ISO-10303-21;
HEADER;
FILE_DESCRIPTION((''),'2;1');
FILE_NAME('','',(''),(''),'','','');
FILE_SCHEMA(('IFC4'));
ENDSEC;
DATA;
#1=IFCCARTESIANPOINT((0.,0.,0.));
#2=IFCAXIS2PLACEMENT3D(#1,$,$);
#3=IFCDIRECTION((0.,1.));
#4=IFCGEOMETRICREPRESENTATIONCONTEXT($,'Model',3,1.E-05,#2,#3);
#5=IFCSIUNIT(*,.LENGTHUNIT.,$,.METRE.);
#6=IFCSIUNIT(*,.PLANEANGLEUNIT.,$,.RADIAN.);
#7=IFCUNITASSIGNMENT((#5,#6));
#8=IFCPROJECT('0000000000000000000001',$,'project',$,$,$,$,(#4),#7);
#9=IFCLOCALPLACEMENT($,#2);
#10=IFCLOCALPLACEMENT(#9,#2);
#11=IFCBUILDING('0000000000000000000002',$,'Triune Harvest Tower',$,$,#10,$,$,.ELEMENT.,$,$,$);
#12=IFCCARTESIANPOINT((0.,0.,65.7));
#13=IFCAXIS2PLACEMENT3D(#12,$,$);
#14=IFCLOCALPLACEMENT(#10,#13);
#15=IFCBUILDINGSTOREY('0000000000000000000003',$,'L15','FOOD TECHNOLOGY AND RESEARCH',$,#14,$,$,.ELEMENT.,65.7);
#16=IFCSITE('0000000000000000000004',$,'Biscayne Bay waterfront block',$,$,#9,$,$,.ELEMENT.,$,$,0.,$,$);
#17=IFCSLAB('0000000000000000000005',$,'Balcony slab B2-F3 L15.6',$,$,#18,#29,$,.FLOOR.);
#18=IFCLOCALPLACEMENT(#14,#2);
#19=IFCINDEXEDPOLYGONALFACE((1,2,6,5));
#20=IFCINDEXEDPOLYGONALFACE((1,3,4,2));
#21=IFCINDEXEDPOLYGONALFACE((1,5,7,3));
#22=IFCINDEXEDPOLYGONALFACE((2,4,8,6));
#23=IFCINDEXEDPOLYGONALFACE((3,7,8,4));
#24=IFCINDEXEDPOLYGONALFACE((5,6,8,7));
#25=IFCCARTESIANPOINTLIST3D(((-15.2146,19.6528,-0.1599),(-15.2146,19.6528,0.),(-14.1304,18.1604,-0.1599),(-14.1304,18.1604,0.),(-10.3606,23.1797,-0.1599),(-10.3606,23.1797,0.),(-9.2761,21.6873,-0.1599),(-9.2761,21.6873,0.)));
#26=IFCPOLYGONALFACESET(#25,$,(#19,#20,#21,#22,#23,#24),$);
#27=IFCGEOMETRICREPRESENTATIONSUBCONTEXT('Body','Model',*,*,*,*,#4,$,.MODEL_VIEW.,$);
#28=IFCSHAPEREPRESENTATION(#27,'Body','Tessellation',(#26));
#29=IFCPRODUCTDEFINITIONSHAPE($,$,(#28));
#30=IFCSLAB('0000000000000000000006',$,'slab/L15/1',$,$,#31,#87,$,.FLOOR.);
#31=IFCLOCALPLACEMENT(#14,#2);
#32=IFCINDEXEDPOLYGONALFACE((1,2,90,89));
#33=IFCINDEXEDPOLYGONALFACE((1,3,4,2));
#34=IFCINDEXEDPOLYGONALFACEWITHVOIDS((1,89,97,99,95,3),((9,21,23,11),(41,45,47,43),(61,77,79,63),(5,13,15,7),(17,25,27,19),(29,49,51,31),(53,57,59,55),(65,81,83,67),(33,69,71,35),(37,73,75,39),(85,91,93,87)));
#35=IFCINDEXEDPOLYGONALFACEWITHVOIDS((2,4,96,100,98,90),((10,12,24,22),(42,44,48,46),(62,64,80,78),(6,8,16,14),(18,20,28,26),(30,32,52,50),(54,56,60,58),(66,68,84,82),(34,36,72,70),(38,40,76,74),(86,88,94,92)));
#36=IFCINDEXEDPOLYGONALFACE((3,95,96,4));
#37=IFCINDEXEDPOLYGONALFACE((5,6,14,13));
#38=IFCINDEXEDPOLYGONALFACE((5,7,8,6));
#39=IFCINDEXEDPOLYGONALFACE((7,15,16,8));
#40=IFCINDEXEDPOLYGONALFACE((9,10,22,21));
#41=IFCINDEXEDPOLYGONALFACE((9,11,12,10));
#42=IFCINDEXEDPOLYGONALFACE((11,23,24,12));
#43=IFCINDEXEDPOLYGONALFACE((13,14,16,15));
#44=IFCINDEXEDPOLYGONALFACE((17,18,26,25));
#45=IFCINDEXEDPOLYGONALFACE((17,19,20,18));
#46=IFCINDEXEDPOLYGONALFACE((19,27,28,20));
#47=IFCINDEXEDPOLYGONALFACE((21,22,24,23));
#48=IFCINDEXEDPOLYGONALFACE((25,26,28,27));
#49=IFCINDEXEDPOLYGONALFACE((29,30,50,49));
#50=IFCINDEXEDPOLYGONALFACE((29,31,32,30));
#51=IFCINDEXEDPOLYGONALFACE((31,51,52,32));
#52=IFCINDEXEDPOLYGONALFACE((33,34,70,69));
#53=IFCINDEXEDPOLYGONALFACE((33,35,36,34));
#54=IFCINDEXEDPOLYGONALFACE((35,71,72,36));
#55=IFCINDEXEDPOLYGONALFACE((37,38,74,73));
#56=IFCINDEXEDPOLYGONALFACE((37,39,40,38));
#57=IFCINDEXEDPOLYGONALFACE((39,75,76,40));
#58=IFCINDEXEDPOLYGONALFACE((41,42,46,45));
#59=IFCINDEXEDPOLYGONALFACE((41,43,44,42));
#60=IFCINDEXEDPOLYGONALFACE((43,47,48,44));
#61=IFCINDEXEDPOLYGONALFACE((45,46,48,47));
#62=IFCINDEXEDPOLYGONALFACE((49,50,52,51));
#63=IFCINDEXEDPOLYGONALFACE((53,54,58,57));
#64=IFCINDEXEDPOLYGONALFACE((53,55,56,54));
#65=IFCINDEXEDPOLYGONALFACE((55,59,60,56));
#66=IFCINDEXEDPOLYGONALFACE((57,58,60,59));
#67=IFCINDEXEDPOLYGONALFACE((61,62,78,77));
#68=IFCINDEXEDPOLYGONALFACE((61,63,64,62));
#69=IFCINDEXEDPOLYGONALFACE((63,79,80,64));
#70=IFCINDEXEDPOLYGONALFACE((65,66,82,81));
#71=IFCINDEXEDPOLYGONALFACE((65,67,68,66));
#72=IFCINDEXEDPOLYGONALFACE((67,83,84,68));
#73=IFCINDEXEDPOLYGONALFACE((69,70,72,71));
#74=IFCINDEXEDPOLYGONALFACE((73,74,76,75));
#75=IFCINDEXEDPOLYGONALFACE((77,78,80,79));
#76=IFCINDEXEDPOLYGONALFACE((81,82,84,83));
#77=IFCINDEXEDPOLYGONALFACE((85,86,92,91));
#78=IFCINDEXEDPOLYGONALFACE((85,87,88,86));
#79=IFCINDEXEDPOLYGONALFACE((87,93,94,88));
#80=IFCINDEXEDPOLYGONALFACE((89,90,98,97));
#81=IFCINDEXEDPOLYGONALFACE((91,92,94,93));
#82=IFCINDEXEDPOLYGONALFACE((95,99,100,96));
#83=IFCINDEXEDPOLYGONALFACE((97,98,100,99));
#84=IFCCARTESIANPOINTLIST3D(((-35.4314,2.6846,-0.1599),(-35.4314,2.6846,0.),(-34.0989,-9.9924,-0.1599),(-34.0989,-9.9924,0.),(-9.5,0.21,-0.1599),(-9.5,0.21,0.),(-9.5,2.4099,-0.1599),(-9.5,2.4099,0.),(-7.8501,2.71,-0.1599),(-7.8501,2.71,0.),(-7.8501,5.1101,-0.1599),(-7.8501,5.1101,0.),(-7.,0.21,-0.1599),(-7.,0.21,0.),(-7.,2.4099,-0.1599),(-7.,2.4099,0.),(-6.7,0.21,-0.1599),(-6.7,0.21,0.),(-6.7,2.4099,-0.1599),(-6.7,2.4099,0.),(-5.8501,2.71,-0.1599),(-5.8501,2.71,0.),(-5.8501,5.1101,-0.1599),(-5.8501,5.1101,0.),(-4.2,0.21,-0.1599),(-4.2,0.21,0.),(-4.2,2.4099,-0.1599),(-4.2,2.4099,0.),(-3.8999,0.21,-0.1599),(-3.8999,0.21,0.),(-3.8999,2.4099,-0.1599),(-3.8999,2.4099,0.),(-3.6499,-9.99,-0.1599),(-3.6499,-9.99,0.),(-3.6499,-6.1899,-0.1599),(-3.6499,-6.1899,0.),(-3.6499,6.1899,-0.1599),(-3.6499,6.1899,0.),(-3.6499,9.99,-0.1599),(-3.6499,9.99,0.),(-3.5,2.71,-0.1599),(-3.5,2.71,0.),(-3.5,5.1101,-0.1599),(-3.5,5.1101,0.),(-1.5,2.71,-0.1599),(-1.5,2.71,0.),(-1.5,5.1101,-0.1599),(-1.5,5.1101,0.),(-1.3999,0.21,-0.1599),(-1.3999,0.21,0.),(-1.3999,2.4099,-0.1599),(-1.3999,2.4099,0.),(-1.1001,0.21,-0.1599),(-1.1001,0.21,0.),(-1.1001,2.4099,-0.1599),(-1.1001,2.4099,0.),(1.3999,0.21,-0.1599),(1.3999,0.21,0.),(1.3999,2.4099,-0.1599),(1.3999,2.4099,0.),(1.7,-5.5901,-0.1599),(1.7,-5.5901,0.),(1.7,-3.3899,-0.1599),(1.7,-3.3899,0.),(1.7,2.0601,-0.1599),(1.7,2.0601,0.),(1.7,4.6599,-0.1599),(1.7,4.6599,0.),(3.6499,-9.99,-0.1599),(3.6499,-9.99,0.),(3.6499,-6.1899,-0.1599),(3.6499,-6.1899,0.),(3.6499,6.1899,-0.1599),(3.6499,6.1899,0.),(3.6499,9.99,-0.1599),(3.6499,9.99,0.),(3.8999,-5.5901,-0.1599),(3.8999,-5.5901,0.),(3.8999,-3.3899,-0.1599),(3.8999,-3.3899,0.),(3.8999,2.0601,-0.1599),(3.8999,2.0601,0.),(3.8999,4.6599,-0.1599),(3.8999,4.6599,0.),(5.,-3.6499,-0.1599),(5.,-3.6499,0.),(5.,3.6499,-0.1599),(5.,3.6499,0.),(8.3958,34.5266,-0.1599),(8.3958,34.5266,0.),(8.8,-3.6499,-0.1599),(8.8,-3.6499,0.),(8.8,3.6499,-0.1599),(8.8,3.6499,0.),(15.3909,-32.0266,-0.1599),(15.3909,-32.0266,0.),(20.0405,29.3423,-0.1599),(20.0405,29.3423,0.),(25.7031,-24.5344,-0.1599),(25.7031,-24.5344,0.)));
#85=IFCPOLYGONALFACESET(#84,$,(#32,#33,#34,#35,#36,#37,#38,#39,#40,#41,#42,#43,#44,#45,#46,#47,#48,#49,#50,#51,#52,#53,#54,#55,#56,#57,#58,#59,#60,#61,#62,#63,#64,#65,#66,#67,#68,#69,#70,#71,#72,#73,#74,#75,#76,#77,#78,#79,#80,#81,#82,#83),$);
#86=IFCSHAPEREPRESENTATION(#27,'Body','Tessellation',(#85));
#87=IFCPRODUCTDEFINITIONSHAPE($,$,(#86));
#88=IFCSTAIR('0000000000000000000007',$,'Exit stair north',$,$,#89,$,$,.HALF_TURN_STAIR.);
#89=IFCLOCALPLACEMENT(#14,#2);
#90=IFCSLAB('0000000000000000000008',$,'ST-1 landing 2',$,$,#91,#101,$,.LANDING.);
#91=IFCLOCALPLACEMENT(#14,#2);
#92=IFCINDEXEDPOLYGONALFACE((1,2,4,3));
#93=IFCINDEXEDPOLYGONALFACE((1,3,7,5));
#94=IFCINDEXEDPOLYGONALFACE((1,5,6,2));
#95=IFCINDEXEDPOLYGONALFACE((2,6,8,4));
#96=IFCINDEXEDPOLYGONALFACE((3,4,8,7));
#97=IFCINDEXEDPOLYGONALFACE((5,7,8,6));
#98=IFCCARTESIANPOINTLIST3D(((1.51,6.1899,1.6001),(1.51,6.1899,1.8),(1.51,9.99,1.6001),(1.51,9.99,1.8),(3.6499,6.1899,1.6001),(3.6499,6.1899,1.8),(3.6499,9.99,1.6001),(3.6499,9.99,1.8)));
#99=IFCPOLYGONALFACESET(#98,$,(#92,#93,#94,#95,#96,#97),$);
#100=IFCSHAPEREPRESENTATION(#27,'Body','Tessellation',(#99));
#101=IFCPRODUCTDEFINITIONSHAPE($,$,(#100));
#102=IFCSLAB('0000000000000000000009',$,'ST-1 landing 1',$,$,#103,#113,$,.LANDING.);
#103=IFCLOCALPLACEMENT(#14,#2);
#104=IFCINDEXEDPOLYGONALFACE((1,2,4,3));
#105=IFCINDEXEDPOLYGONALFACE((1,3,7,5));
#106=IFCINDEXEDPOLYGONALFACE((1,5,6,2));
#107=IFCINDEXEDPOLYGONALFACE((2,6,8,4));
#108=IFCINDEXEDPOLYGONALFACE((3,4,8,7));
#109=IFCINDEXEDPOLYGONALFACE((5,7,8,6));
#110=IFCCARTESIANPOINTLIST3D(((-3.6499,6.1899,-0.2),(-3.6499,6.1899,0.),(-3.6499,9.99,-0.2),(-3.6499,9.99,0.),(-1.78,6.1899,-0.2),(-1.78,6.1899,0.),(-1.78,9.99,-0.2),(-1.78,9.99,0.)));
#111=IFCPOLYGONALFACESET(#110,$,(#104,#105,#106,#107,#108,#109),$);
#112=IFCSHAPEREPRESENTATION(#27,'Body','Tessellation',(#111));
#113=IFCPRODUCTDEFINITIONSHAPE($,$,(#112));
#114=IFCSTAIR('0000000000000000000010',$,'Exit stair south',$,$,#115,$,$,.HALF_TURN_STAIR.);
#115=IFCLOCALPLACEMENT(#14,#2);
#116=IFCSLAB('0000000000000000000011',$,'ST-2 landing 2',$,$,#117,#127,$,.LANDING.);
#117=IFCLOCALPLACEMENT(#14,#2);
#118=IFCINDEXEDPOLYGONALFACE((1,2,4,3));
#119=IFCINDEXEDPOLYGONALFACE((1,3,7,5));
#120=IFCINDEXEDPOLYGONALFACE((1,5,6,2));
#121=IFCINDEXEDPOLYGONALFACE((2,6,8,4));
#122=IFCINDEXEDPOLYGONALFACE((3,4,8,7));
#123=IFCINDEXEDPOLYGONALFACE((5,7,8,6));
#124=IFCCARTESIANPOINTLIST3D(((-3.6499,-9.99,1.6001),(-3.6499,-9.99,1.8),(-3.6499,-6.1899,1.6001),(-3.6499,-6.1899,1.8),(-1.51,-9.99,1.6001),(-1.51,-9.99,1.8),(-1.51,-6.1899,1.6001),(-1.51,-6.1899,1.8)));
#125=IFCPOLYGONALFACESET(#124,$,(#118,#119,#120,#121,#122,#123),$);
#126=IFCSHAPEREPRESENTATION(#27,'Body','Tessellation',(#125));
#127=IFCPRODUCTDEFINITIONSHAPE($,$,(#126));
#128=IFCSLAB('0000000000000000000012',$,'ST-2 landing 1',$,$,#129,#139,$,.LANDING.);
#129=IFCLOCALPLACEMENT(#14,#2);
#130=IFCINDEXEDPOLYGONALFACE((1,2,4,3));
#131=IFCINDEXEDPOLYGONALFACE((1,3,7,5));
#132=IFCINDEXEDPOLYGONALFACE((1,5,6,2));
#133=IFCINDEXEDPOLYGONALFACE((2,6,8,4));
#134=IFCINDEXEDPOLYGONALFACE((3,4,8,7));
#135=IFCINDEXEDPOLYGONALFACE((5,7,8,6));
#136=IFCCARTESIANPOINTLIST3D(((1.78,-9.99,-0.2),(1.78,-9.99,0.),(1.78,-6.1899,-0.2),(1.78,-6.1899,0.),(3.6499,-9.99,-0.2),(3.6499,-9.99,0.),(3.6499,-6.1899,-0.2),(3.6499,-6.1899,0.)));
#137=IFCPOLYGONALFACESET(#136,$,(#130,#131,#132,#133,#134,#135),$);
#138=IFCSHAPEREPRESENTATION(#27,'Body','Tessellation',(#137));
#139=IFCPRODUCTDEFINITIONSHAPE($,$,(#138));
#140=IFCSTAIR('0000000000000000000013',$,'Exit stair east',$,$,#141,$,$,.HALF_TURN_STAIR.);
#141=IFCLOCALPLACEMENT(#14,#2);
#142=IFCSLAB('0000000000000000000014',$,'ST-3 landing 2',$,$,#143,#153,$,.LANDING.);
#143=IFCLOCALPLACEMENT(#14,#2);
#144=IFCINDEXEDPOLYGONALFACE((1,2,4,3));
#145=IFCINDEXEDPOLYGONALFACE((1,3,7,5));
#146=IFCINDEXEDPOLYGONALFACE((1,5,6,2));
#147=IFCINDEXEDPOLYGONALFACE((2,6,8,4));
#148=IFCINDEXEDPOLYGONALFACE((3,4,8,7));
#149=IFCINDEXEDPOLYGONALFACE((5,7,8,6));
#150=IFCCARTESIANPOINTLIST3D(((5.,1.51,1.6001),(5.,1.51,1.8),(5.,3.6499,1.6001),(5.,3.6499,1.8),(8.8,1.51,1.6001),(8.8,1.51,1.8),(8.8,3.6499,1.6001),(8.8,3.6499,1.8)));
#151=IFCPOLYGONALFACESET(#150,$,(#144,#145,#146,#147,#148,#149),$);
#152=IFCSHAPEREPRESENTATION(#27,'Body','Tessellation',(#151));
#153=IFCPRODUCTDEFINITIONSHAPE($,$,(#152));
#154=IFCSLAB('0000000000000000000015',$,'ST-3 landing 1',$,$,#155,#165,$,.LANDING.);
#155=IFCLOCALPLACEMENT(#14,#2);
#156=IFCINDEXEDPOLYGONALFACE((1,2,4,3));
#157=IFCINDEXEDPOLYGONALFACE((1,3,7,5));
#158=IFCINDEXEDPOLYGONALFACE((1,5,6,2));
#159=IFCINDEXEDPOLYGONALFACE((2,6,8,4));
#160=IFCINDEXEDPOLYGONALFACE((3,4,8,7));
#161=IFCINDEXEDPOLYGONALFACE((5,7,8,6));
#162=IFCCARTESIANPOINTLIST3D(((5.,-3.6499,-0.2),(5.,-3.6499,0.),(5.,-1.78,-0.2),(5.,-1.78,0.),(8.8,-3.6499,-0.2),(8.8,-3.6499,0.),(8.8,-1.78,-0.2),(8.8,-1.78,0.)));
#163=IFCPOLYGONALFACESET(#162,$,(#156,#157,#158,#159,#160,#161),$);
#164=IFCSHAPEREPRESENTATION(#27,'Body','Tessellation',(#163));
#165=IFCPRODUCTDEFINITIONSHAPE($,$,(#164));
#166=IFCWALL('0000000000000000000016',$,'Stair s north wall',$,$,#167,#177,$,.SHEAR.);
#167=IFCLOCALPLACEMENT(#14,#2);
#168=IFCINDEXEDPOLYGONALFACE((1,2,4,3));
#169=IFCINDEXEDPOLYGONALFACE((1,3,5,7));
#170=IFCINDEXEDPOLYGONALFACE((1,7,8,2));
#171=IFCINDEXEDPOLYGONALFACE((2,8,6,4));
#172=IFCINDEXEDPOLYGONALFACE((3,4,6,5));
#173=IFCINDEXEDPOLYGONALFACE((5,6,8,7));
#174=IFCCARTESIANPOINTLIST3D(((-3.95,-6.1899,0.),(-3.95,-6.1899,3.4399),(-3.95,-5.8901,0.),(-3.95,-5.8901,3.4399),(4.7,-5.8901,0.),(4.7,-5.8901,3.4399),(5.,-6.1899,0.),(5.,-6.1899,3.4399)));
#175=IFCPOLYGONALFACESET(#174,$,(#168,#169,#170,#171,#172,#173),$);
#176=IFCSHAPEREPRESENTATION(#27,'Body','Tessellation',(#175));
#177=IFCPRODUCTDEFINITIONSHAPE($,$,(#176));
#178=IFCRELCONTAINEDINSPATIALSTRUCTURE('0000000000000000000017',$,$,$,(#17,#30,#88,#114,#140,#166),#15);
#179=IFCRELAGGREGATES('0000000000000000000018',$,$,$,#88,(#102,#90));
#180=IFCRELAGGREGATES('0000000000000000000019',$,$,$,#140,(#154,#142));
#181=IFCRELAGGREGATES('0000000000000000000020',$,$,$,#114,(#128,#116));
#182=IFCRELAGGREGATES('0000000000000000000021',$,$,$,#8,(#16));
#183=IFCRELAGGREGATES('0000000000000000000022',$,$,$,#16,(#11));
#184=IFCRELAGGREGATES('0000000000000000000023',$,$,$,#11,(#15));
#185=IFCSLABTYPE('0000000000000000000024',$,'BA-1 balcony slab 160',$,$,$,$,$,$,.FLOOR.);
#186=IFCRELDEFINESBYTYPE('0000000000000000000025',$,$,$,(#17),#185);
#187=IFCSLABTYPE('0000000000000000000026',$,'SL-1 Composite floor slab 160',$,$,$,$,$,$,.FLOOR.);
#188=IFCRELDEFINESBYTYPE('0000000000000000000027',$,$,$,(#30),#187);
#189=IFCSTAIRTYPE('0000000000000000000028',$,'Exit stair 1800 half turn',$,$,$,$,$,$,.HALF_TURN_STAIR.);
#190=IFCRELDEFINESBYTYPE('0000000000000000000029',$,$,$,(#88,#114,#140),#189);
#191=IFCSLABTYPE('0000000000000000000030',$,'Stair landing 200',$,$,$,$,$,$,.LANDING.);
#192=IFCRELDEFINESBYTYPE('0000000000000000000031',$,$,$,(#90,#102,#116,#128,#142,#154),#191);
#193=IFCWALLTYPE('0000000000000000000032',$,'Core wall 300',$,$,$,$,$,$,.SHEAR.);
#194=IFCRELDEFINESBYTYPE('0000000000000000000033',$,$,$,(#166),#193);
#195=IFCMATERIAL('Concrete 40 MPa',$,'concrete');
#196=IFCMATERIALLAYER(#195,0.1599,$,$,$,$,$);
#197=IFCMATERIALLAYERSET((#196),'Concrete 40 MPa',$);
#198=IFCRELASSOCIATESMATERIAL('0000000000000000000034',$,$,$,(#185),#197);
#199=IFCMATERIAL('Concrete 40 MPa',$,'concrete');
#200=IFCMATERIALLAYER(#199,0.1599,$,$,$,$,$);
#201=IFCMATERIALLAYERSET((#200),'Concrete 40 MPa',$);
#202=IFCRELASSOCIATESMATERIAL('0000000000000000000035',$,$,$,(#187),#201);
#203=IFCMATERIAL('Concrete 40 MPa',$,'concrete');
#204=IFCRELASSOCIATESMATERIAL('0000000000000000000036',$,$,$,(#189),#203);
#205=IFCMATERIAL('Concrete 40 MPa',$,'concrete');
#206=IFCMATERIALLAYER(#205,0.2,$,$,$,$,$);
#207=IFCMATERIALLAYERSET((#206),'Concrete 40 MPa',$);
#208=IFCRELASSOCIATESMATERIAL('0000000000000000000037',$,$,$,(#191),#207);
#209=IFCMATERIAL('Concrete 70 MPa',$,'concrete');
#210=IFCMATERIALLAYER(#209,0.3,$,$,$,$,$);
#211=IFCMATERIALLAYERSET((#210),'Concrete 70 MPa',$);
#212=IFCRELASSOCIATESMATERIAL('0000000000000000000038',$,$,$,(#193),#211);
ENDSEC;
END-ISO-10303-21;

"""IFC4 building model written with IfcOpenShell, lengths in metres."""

from ifc_helpers import new_model, si_unit, direction, frame, origin, place, context, subcontext, project, spatial, polyline, outline, extrude, source, transform, mapped, material, layer, layer_set, type_object, element, aggregate, save


model = new_model("IFC4")

# Units and contexts
model_context = context("Model", 3, precision=1e-05, world=origin(), true_north=direction((0.0, 1.0)))
body_context = subcontext(model_context, "Body", "Model", "MODEL_VIEW")
ifc_project = project(units=[si_unit("LENGTHUNIT", "METRE"), si_unit("PLANEANGLEUNIT", "RADIAN")], contexts=[model_context])

# Site, building, storey
site_placement = place(None, origin())
site = spatial("IfcSite", under=ifc_project, at=site_placement, Name="Biscayne Bay waterfront block", CompositionType="ELEMENT", RefElevation=0.0)
building_placement = place(site_placement, origin())
building = spatial("IfcBuilding", under=site, at=building_placement, Name="Triune Harvest Tower", CompositionType="ELEMENT")
storey_placement = place(building_placement, frame((0.0, 0.0, 65.7)))
storey = spatial("IfcBuildingStorey", under=building, at=storey_placement, Name="L15", Description="FOOD TECHNOLOGY AND RESEARCH", CompositionType="ELEMENT", Elevation=65.7)

# Slabs
ifc_material_1 = material(Name="Concrete 40 MPa", Category="concrete")
ifc_layer_1 = layer(ifc_material_1, 0.1599)
ifc_layer_set_1 = layer_set([ifc_layer_1], Name="Concrete 40 MPa")
slab_type_1 = type_object("IfcSlabType", Name="BA-1 balcony slab 160", PredefinedType="FLOOR", material=ifc_layer_set_1)
slab_1_placement = place(storey_placement, frame((0.0, 0.0, -0.1599)))
element("IfcSlab", 1, at=slab_1_placement, inside=storey, type_object=slab_type_1, Name="Balcony slab B2-F3 L15.6", PredefinedType="FLOOR", context=body_context, shape_type="SweptSolid", body=[
    extrude(outline(polyline([(-9.2761, 21.6873), (-14.1304, 18.1604), (-15.2146, 19.6528), (-10.3606, 23.1797), (-9.2761, 21.6873)])), origin(), (0.0, 0.0, 1.0), 0.1599),
])
ifc_material_2 = material(Name="Concrete 40 MPa", Category="concrete")
ifc_layer_2 = layer(ifc_material_2, 0.1599)
ifc_layer_set_2 = layer_set([ifc_layer_2], Name="Concrete 40 MPa")
slab_type_2 = type_object("IfcSlabType", Name="SL-1 Composite floor slab 160", PredefinedType="FLOOR", material=ifc_layer_set_2)
shared_shape_1 = source(origin(), body_context, "Body", "SweptSolid", [
    extrude(outline(polyline([(25.7031, -24.5344), (20.0405, 29.3423), (8.3958, 34.5266), (-35.4314, 2.6846), (-34.0989, -9.9924), (15.3909, -32.0266), (25.7031, -24.5344)]), holes=[polyline([(-7.0, 0.21), (-7.0, 2.4099), (-9.5, 2.4099), (-9.5, 0.21), (-7.0, 0.21)]), polyline([(-4.2, 0.21), (-4.2, 2.4099), (-6.7, 2.4099), (-6.7, 0.21), (-4.2, 0.21)]), polyline([(-1.3999, 0.21), (-1.3999, 2.4099), (-3.8999, 2.4099), (-3.8999, 0.21), (-1.3999, 0.21)]), polyline([(1.3999, 0.21), (1.3999, 2.4099), (-1.1001, 2.4099), (-1.1001, 0.21), (1.3999, 0.21)]), polyline([(3.8999, 2.0601), (3.8999, 4.6599), (1.7, 4.6599), (1.7, 2.0601), (3.8999, 2.0601)]), polyline([(3.8999, -5.5901), (3.8999, -3.3899), (1.7, -3.3899), (1.7, -5.5901), (3.8999, -5.5901)]), polyline([(-5.8501, 2.71), (-5.8501, 5.1101), (-7.8501, 5.1101), (-7.8501, 2.71), (-5.8501, 2.71)]), polyline([(-1.5, 2.71), (-1.5, 5.1101), (-3.5, 5.1101), (-3.5, 2.71), (-1.5, 2.71)]), polyline([(3.6499, 6.1899), (3.6499, 9.99), (-3.6499, 9.99), (-3.6499, 6.1899), (3.6499, 6.1899)]), polyline([(3.6499, -9.99), (3.6499, -6.1899), (-3.6499, -6.1899), (-3.6499, -9.99), (3.6499, -9.99)]), polyline([(8.8, -3.6499), (8.8, 3.6499), (5.0, 3.6499), (5.0, -3.6499), (8.8, -3.6499)])]), origin(), (0.0, 0.0, 1.0), 0.1599),
])
slab_2_placement = place(storey_placement, frame((0.0, 0.0, -0.1599)))
element("IfcSlab", 2, at=slab_2_placement, inside=storey, type_object=slab_type_2, Name="slab/L15/1", PredefinedType="FLOOR", context=body_context, shape_type="MappedRepresentation", body=[
    mapped(shared_shape_1, transform((0.0, 0.0, 0.0), scale=1.0)),
])

# Stairs, slabs
ifc_material_3 = material(Name="Concrete 40 MPa", Category="concrete")
stair_type = type_object("IfcStairType", Name="Exit stair 1800 half turn", PredefinedType="HALF_TURN_STAIR", material=ifc_material_3)
stair_1_placement = place(storey_placement, origin())
stair_1 = element("IfcStair", 3, at=stair_1_placement, inside=storey, type_object=stair_type, Name="Exit stair north", PredefinedType="HALF_TURN_STAIR")
ifc_material_4 = material(Name="Concrete 40 MPa", Category="concrete")
ifc_layer_3 = layer(ifc_material_4, 0.2)
ifc_layer_set_3 = layer_set([ifc_layer_3], Name="Concrete 40 MPa")
slab_type_3 = type_object("IfcSlabType", Name="Stair landing 200", PredefinedType="LANDING", material=ifc_layer_set_3)
shared_shape_2 = source(origin(), body_context, "Body", "SweptSolid", [
    extrude(outline(polyline([(1.51, 6.1899), (3.6499, 6.1899), (3.6499, 9.99), (1.51, 9.99), (1.51, 6.1899)])), origin(), (0.0, 0.0, 1.0), 0.2),
])
slab_3_placement = place(storey_placement, frame((0.0, 0.0, 1.6001)))
slab_3 = element("IfcSlab", 4, at=slab_3_placement, type_object=slab_type_3, Name="ST-1 landing 2", PredefinedType="LANDING", context=body_context, shape_type="MappedRepresentation", body=[
    mapped(shared_shape_2, transform((0.0, 0.0, 0.0), scale=1.0)),
])
shared_shape_3 = source(origin(), body_context, "Body", "SweptSolid", [
    extrude(outline(polyline([(-3.6499, 6.1899), (-1.78, 6.1899), (-1.78, 9.99), (-3.6499, 9.99), (-3.6499, 6.1899)])), origin(), (0.0, 0.0, 1.0), 0.2),
])
slab_4_placement = place(storey_placement, frame((0.0, 0.0, -0.2)))
slab_4 = element("IfcSlab", 5, at=slab_4_placement, type_object=slab_type_3, Name="ST-1 landing 1", PredefinedType="LANDING", context=body_context, shape_type="MappedRepresentation", body=[
    mapped(shared_shape_3, transform((0.0, 0.0, 0.0), scale=1.0)),
])
aggregate(stair_1, [slab_4, slab_3])
stair_2_placement = place(storey_placement, origin())
stair_2 = element("IfcStair", 6, at=stair_2_placement, inside=storey, type_object=stair_type, Name="Exit stair south", PredefinedType="HALF_TURN_STAIR")
shared_shape_4 = source(origin(), body_context, "Body", "SweptSolid", [
    extrude(outline(polyline([(-1.51, -6.1899), (-3.6499, -6.1899), (-3.6499, -9.99), (-1.51, -9.99), (-1.51, -6.1899)])), origin(), (0.0, 0.0, 1.0), 0.2),
])
slab_5_placement = place(storey_placement, frame((0.0, 0.0, 1.6001)))
slab_5 = element("IfcSlab", 7, at=slab_5_placement, type_object=slab_type_3, Name="ST-2 landing 2", PredefinedType="LANDING", context=body_context, shape_type="MappedRepresentation", body=[
    mapped(shared_shape_4, transform((0.0, 0.0, 0.0), scale=1.0)),
])
shared_shape_5 = source(origin(), body_context, "Body", "SweptSolid", [
    extrude(outline(polyline([(3.6499, -6.1899), (1.78, -6.1899), (1.78, -9.99), (3.6499, -9.99), (3.6499, -6.1899)])), origin(), (0.0, 0.0, 1.0), 0.2),
])
slab_6_placement = place(storey_placement, frame((0.0, 0.0, -0.2)))
slab_6 = element("IfcSlab", 8, at=slab_6_placement, type_object=slab_type_3, Name="ST-2 landing 1", PredefinedType="LANDING", context=body_context, shape_type="MappedRepresentation", body=[
    mapped(shared_shape_5, transform((0.0, 0.0, 0.0), scale=1.0)),
])
stair_3_placement = place(storey_placement, origin())
stair_3 = element("IfcStair", 9, at=stair_3_placement, inside=storey, type_object=stair_type, Name="Exit stair east", PredefinedType="HALF_TURN_STAIR")
shared_shape_6 = source(origin(), body_context, "Body", "SweptSolid", [
    extrude(outline(polyline([(8.8, 1.51), (8.8, 3.6499), (5.0, 3.6499), (5.0, 1.51), (8.8, 1.51)])), origin(), (0.0, 0.0, 1.0), 0.2),
])
slab_7_placement = place(storey_placement, frame((0.0, 0.0, 1.6001)))
slab_7 = element("IfcSlab", 10, at=slab_7_placement, type_object=slab_type_3, Name="ST-3 landing 2", PredefinedType="LANDING", context=body_context, shape_type="MappedRepresentation", body=[
    mapped(shared_shape_6, transform((0.0, 0.0, 0.0), scale=1.0)),
])
shared_shape_7 = source(origin(), body_context, "Body", "SweptSolid", [
    extrude(outline(polyline([(8.8, -3.6499), (8.8, -1.78), (5.0, -1.78), (5.0, -3.6499), (8.8, -3.6499)])), origin(), (0.0, 0.0, 1.0), 0.2),
])
slab_8_placement = place(storey_placement, frame((0.0, 0.0, -0.2)))
slab_8 = element("IfcSlab", 11, at=slab_8_placement, type_object=slab_type_3, Name="ST-3 landing 1", PredefinedType="LANDING", context=body_context, shape_type="MappedRepresentation", body=[
    mapped(shared_shape_7, transform((0.0, 0.0, 0.0), scale=1.0)),
])
aggregate(stair_3, [slab_8, slab_7])

# Wall
ifc_material_5 = material(Name="Concrete 70 MPa", Category="concrete")
ifc_layer_4 = layer(ifc_material_5, 0.3)
ifc_layer_set_4 = layer_set([ifc_layer_4], Name="Concrete 70 MPa")
wall_type_1 = type_object("IfcWallType", Name="Core wall 300", PredefinedType="SHEAR", material=ifc_layer_set_4)
shared_shape_8 = source(origin(), body_context, "Body", "SweptSolid", [
    extrude(outline(polyline([(0.0, -0.1499), (8.95, -0.1499), (8.6499, 0.1499), (0.0, 0.1499), (0.0, -0.1499)])), origin(), (0.0, 0.0, 1.0), 3.4399),
])
wall_1_placement = place(storey_placement, frame((-3.95, -6.04, 0.0), z_axis=(0.0, 0.0, 1.0), x_axis=(1.0, 0.0, 0.0)))
element("IfcWall", 12, at=wall_1_placement, inside=storey, type_object=wall_type_1, Name="Stair s north wall", PredefinedType="SHEAR", context=body_context, shape_type="MappedRepresentation", body=[
    mapped(shared_shape_8, transform((0.0, 0.0, 0.0), scale=1.0)),
])

aggregate(stair_2, [slab_6, slab_5])

save(model, "model.ifc")
